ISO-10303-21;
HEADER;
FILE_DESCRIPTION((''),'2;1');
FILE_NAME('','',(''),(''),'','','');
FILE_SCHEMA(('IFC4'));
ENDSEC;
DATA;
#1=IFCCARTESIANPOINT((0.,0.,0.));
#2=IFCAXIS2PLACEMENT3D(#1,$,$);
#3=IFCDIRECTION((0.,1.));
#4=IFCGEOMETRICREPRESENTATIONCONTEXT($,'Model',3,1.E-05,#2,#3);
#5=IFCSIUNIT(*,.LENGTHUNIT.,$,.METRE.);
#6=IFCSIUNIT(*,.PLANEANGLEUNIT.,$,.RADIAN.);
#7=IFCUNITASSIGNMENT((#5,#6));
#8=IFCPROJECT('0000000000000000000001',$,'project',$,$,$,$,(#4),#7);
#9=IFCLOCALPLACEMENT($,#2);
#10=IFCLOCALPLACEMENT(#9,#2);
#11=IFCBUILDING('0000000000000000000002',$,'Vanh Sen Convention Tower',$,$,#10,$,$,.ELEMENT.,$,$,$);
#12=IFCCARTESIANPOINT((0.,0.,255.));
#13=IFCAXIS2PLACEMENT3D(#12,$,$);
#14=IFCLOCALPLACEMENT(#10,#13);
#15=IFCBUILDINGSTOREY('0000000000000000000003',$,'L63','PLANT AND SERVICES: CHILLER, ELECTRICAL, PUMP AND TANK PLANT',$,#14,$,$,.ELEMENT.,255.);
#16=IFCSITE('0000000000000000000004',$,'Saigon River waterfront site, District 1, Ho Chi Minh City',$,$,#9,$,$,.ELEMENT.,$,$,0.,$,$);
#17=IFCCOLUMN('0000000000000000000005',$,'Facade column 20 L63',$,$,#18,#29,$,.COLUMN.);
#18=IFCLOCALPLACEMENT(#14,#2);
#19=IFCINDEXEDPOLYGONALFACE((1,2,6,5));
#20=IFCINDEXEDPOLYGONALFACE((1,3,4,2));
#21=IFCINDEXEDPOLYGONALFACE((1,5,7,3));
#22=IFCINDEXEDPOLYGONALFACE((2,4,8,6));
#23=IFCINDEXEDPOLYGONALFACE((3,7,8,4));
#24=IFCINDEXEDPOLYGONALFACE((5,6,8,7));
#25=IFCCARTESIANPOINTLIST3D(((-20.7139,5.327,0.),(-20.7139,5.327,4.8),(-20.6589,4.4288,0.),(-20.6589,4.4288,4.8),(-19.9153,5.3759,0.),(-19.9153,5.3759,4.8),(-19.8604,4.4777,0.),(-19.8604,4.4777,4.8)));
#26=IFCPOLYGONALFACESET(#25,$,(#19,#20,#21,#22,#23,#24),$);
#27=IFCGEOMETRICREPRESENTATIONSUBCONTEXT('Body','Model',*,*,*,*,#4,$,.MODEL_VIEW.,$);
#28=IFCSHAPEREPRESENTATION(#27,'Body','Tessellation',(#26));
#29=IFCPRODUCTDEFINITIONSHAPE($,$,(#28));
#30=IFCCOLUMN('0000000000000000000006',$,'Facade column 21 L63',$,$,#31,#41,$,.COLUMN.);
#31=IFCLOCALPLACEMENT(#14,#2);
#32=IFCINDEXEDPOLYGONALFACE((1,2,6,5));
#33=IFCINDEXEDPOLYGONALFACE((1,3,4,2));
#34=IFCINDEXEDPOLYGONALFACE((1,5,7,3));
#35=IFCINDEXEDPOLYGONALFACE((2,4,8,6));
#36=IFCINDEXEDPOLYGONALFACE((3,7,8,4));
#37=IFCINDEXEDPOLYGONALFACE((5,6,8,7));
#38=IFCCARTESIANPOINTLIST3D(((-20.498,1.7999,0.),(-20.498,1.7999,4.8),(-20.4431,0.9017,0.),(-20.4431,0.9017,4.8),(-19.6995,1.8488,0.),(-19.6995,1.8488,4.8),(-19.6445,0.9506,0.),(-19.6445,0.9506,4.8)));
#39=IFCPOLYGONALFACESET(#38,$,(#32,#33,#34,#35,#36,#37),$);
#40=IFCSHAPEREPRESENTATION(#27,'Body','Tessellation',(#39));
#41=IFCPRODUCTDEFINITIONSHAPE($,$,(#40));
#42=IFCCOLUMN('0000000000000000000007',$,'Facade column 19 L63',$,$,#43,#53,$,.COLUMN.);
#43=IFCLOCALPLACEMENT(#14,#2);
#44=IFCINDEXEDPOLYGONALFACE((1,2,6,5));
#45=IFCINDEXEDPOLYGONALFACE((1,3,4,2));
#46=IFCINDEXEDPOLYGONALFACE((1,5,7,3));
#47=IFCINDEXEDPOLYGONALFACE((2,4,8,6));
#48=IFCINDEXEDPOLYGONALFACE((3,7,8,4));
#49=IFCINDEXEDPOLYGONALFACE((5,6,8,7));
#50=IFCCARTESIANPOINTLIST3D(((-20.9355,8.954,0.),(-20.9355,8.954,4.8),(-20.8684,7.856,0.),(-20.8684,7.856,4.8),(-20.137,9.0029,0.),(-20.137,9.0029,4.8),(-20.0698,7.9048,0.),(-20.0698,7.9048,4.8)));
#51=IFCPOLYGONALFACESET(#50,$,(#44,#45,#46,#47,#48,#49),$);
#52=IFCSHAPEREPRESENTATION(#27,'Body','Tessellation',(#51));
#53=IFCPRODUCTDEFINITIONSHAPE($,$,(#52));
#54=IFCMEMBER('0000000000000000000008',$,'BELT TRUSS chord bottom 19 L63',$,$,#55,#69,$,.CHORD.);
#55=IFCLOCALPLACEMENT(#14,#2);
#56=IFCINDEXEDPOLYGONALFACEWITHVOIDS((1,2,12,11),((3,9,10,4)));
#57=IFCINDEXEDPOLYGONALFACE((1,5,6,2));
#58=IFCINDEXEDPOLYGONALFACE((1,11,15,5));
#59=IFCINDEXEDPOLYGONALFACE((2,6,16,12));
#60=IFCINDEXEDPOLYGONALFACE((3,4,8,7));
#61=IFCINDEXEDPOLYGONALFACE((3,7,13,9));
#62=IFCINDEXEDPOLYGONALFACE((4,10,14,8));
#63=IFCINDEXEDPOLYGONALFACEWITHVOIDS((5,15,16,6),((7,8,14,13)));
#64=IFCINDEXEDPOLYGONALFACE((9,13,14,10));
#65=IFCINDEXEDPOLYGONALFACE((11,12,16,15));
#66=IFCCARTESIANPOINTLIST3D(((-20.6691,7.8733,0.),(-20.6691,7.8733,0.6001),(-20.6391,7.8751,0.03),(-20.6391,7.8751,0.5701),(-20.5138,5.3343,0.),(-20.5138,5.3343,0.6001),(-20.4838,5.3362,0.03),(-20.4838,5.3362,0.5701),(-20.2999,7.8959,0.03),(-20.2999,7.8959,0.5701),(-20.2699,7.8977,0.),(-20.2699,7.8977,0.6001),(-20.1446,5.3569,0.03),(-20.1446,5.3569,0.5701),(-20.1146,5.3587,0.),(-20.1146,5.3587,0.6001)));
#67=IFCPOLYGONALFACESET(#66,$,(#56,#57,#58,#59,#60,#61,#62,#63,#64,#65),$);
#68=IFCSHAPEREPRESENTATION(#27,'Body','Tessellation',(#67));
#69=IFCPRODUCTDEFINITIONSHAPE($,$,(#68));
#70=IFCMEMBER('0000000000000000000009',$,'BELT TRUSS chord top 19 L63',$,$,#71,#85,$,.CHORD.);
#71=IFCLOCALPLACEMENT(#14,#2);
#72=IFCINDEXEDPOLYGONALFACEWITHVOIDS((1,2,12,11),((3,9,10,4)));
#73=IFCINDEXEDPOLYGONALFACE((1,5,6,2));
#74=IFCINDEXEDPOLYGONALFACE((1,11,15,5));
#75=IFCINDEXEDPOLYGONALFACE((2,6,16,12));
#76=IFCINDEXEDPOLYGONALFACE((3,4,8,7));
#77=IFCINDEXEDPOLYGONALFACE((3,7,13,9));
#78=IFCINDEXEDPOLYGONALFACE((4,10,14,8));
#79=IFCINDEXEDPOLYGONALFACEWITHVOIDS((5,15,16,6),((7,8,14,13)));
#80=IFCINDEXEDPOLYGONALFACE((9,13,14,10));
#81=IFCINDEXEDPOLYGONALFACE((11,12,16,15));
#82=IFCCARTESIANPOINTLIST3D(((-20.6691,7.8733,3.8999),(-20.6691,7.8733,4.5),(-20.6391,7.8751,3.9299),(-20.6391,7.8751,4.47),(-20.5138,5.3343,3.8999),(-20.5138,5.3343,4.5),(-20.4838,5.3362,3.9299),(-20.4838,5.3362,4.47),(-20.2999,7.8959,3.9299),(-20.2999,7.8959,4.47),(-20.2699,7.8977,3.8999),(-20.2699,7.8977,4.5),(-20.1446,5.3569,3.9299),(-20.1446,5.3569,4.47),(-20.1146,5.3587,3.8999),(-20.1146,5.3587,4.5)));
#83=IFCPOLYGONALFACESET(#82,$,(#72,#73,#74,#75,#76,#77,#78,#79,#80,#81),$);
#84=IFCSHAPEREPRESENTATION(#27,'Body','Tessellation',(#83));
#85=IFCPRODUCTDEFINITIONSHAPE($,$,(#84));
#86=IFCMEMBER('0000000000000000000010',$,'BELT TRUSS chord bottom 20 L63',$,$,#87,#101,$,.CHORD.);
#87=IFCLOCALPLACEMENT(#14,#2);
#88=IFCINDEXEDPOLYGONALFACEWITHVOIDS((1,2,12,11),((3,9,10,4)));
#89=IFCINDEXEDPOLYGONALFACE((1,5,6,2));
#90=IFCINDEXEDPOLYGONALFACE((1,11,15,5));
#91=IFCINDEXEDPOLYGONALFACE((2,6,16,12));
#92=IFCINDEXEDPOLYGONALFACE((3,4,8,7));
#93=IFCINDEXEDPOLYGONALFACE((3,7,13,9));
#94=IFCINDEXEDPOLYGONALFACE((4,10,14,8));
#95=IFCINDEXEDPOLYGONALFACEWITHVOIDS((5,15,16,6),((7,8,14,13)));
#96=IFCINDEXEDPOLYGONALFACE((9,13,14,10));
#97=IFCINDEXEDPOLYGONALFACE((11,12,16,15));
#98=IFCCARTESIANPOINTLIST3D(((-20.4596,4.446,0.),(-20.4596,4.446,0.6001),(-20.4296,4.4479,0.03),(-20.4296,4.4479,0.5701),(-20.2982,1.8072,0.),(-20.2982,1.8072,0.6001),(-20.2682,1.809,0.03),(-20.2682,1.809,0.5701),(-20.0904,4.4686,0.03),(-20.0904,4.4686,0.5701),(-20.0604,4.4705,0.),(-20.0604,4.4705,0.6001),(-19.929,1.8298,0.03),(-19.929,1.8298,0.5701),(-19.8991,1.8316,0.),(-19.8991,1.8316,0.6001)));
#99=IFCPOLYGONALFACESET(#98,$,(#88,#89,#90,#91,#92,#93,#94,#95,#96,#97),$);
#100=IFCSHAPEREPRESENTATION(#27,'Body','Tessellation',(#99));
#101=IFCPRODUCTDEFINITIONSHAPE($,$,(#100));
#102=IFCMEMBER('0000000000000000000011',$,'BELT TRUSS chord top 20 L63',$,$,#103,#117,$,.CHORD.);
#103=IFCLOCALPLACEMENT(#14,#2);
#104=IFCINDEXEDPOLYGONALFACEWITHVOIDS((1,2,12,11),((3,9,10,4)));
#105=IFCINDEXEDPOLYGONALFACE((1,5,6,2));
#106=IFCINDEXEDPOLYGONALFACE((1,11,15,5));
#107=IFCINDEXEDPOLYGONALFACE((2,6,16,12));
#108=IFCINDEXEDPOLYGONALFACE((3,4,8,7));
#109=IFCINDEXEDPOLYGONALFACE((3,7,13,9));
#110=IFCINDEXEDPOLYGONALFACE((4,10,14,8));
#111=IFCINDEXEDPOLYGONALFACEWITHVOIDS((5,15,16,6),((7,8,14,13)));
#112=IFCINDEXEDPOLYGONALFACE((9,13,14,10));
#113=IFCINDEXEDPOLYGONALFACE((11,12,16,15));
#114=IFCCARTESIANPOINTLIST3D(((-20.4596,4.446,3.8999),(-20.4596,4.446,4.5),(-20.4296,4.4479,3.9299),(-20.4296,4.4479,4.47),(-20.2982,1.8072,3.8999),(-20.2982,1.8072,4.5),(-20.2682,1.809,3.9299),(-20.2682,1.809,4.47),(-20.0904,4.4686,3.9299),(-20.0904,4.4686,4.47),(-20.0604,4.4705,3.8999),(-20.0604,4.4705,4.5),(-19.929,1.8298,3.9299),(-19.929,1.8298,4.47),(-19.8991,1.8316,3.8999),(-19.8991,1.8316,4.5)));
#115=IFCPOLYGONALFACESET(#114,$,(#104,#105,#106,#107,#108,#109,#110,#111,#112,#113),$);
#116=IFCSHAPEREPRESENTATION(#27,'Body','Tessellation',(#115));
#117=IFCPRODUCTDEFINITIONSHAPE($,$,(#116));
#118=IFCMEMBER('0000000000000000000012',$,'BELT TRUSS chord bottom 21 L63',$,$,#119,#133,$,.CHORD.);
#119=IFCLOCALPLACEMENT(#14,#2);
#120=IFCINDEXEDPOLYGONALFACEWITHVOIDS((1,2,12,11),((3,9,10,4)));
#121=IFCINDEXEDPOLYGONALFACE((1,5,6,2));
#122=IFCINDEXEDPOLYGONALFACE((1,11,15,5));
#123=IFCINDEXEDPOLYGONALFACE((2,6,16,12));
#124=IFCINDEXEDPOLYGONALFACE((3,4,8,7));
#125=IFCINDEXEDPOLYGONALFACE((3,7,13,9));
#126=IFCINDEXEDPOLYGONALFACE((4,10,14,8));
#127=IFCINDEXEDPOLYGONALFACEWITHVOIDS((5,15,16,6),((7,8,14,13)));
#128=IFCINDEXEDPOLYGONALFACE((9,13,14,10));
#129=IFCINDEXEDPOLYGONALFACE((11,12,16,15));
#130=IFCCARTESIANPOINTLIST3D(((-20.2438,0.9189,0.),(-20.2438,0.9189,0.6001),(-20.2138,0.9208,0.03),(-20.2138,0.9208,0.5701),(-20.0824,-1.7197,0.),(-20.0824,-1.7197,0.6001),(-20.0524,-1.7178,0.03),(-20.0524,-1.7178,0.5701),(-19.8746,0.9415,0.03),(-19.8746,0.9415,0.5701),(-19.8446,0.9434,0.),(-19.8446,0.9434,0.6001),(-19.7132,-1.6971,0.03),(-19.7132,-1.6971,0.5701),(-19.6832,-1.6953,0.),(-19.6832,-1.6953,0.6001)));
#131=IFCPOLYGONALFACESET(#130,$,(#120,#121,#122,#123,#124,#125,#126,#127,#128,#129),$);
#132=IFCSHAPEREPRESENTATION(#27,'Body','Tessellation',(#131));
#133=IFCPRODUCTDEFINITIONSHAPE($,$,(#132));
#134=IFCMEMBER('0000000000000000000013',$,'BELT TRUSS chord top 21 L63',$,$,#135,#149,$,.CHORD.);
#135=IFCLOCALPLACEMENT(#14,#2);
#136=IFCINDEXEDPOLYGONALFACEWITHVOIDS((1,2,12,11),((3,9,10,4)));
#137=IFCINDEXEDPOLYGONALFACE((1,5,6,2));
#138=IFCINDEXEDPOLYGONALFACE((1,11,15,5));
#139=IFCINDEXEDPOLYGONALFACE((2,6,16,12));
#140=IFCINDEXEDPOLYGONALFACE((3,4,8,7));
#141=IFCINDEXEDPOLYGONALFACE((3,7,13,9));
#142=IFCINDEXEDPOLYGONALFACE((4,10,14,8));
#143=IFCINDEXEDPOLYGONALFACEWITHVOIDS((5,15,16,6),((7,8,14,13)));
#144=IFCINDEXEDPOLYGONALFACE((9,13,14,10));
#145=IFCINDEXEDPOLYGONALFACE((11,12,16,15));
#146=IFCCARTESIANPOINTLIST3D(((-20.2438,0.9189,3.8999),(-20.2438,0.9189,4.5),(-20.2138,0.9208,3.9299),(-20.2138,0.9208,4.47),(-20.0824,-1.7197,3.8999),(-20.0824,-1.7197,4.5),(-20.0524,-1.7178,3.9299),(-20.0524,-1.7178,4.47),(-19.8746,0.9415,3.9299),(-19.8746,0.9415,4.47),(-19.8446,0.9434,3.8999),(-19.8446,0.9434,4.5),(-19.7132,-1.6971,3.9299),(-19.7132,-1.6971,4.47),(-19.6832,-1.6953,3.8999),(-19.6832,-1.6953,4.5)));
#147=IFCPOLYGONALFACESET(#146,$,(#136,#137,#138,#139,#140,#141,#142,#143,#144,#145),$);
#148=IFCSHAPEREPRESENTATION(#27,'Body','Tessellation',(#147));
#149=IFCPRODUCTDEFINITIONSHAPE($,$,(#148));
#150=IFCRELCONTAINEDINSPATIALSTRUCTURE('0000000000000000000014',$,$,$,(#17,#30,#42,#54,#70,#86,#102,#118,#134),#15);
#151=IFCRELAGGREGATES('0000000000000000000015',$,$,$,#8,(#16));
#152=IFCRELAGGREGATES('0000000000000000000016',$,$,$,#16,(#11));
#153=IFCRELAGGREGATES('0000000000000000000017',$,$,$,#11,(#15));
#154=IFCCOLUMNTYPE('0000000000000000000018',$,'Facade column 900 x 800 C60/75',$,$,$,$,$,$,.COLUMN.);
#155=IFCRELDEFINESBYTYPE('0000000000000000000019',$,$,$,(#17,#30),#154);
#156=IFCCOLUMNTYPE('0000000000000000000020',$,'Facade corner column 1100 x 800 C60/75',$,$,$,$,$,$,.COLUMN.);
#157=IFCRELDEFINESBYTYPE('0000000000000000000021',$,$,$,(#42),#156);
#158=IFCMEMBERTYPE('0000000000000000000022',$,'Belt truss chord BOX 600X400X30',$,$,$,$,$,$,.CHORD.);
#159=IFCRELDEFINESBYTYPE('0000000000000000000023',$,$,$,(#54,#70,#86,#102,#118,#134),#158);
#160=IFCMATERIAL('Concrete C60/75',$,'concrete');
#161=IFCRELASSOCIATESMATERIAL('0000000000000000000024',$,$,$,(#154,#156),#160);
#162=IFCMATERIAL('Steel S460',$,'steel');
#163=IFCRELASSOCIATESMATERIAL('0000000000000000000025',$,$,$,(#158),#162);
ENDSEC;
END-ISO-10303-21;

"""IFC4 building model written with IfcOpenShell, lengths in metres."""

from ifc_helpers import new_model, si_unit, direction, frame, origin, origin_2d, place, context, subcontext, project, spatial, rectangle, hollow_rectangle, extrude, material, material_profile, profile_set, type_object, element, save


model = new_model("IFC4")

# Units and contexts
model_context = context("Model", 3, precision=1e-05, world=origin(), true_north=direction((0.0, 1.0)))
body_context = subcontext(model_context, "Body", "Model", "MODEL_VIEW")
ifc_project = project(units=[si_unit("LENGTHUNIT", "METRE"), si_unit("PLANEANGLEUNIT", "RADIAN")], contexts=[model_context])

# Site, building, storey
site_placement = place(None, origin())
site = spatial("IfcSite", under=ifc_project, at=site_placement, Name="Saigon River waterfront site, District 1, Ho Chi Minh City", CompositionType="ELEMENT", RefElevation=0.0)
building_placement = place(site_placement, origin())
building = spatial("IfcBuilding", under=site, at=building_placement, Name="Vanh Sen Convention Tower", CompositionType="ELEMENT")
storey_placement = place(building_placement, frame((0.0, 0.0, 255.0)))
storey = spatial("IfcBuildingStorey", under=building, at=storey_placement, Name="L63", Description="PLANT AND SERVICES: CHILLER, ELECTRICAL, PUMP AND TANK PLANT", CompositionType="ELEMENT", Elevation=255.0)

# Columns
ifc_material_1 = material(Name="Concrete C60/75", Category="concrete")
ifc_material_profile_1 = material_profile(ifc_material_1, rectangle(XDim=0.8999, YDim=0.8, at=origin_2d()), Name="RC 900X800")
ifc_profile_set_1 = profile_set([ifc_material_profile_1], Name="Concrete C60/75")
column_type_1 = type_object("IfcColumnType", Name="Facade column 900 x 800 C60/75", PredefinedType="COLUMN", material=ifc_profile_set_1)
for number, where, z_axis, x_axis, name in (
    (1, (-20.2871, 4.9023, 0.0), (0.0, 0.0, 1.0), (0.061049, -0.998135, 0.0), "Facade column 20 L63"),
    (2, (-20.0713, 1.3752, 0.0), (0.0, 0.0, 1.0), (0.061049, -0.998135, 0.0), "Facade column 21 L63"),
):
    element("IfcColumn", number, at=place(storey_placement, frame(where, z_axis=z_axis, x_axis=x_axis)), inside=storey, type_object=column_type_1, Name=name, PredefinedType="COLUMN", context=body_context, shape_type="SweptSolid", body=[
        extrude(rectangle(XDim=0.8999, YDim=0.8, at=origin_2d()), origin(), (0.0, 0.0, 1.0), 4.8),
    ])
ifc_material_profile_2 = material_profile(ifc_material_1, rectangle(XDim=1.1001, YDim=0.8, at=origin_2d()), Name="RC 1100X800")
ifc_profile_set_2 = profile_set([ifc_material_profile_2], Name="Concrete C60/75")
column_type_2 = type_object("IfcColumnType", Name="Facade corner column 1100 x 800 C60/75", PredefinedType="COLUMN", material=ifc_profile_set_2)
column_placement = place(storey_placement, frame((-20.5027, 8.4294, 0.0), z_axis=(0.0, 0.0, 1.0), x_axis=(0.061049, -0.998135, 0.0)))
element("IfcColumn", 3, at=column_placement, inside=storey, type_object=column_type_2, Name="Facade column 19 L63", PredefinedType="COLUMN", context=body_context, shape_type="SweptSolid", body=[
    extrude(rectangle(XDim=1.1001, YDim=0.8, at=origin_2d()), origin(), (0.0, 0.0, 1.0), 4.8),
])

# Members
ifc_material_2 = material(Name="Steel S460", Category="steel")
ifc_material_profile_3 = material_profile(ifc_material_2, hollow_rectangle(XDim=0.3999, YDim=0.6001, WallThickness=0.03, at=origin_2d()), Name="BOX 600X400X30")
ifc_profile_set_3 = profile_set([ifc_material_profile_3], Name="Steel S460")
member_type_1 = type_object("IfcMemberType", Name="Belt truss chord BOX 600X400X30", PredefinedType="CHORD", material=ifc_profile_set_3)
for number, where, z_axis, x_axis, name in (
    (4, (-20.4695, 7.8855, 0.3), (0.06104, -0.998135, 0.0), (0.998135, 0.06104, 0.0), "BELT TRUSS chord bottom 19 L63"),
    (5, (-20.4695, 7.8855, 4.2), (0.06104, -0.998135, 0.0), (0.998135, 0.06104, 0.0), "BELT TRUSS chord top 19 L63"),
):
    element("IfcMember", number, at=place(storey_placement, frame(where, z_axis=z_axis, x_axis=x_axis)), inside=storey, type_object=member_type_1, Name=name, PredefinedType="CHORD", context=body_context, shape_type="SweptSolid", body=[
        extrude(hollow_rectangle(XDim=0.3999, YDim=0.6001, WallThickness=0.03, at=origin_2d()), origin(), (0.0, 0.0, 1.0), 2.5437),
    ])
for number, where, z_axis, x_axis, name in (
    (6, (-20.26, 4.4583, 0.3), (0.061039, -0.998135, 0.0), (0.998135, 0.061039, 0.0), "BELT TRUSS chord bottom 20 L63"),
    (7, (-20.26, 4.4583, 4.2), (0.061039, -0.998135, 0.0), (0.998135, 0.061039, 0.0), "BELT TRUSS chord top 20 L63"),
):
    element("IfcMember", number, at=place(storey_placement, frame(where, z_axis=z_axis, x_axis=x_axis)), inside=storey, type_object=member_type_1, Name=name, PredefinedType="CHORD", context=body_context, shape_type="SweptSolid", body=[
        extrude(hollow_rectangle(XDim=0.3999, YDim=0.6001, WallThickness=0.03, at=origin_2d()), origin(), (0.0, 0.0, 1.0), 2.6438),
    ])
for number, where, z_axis, x_axis, name in (
    (8, (-20.0442, 0.9312, 0.3), (0.061044, -0.998135, 0.0), (0.998135, 0.061044, 0.0), "BELT TRUSS chord bottom 21 L63"),
    (9, (-20.0442, 0.9312, 4.2), (0.061044, -0.998135, 0.0), (0.998135, 0.061044, 0.0), "BELT TRUSS chord top 21 L63"),
):
    element("IfcMember", number, at=place(storey_placement, frame(where, z_axis=z_axis, x_axis=x_axis)), inside=storey, type_object=member_type_1, Name=name, PredefinedType="CHORD", context=body_context, shape_type="SweptSolid", body=[
        extrude(hollow_rectangle(XDim=0.3999, YDim=0.6001, WallThickness=0.03, at=origin_2d()), origin(), (0.0, 0.0, 1.0), 2.6436),
    ])

save(model, "model.ifc")
